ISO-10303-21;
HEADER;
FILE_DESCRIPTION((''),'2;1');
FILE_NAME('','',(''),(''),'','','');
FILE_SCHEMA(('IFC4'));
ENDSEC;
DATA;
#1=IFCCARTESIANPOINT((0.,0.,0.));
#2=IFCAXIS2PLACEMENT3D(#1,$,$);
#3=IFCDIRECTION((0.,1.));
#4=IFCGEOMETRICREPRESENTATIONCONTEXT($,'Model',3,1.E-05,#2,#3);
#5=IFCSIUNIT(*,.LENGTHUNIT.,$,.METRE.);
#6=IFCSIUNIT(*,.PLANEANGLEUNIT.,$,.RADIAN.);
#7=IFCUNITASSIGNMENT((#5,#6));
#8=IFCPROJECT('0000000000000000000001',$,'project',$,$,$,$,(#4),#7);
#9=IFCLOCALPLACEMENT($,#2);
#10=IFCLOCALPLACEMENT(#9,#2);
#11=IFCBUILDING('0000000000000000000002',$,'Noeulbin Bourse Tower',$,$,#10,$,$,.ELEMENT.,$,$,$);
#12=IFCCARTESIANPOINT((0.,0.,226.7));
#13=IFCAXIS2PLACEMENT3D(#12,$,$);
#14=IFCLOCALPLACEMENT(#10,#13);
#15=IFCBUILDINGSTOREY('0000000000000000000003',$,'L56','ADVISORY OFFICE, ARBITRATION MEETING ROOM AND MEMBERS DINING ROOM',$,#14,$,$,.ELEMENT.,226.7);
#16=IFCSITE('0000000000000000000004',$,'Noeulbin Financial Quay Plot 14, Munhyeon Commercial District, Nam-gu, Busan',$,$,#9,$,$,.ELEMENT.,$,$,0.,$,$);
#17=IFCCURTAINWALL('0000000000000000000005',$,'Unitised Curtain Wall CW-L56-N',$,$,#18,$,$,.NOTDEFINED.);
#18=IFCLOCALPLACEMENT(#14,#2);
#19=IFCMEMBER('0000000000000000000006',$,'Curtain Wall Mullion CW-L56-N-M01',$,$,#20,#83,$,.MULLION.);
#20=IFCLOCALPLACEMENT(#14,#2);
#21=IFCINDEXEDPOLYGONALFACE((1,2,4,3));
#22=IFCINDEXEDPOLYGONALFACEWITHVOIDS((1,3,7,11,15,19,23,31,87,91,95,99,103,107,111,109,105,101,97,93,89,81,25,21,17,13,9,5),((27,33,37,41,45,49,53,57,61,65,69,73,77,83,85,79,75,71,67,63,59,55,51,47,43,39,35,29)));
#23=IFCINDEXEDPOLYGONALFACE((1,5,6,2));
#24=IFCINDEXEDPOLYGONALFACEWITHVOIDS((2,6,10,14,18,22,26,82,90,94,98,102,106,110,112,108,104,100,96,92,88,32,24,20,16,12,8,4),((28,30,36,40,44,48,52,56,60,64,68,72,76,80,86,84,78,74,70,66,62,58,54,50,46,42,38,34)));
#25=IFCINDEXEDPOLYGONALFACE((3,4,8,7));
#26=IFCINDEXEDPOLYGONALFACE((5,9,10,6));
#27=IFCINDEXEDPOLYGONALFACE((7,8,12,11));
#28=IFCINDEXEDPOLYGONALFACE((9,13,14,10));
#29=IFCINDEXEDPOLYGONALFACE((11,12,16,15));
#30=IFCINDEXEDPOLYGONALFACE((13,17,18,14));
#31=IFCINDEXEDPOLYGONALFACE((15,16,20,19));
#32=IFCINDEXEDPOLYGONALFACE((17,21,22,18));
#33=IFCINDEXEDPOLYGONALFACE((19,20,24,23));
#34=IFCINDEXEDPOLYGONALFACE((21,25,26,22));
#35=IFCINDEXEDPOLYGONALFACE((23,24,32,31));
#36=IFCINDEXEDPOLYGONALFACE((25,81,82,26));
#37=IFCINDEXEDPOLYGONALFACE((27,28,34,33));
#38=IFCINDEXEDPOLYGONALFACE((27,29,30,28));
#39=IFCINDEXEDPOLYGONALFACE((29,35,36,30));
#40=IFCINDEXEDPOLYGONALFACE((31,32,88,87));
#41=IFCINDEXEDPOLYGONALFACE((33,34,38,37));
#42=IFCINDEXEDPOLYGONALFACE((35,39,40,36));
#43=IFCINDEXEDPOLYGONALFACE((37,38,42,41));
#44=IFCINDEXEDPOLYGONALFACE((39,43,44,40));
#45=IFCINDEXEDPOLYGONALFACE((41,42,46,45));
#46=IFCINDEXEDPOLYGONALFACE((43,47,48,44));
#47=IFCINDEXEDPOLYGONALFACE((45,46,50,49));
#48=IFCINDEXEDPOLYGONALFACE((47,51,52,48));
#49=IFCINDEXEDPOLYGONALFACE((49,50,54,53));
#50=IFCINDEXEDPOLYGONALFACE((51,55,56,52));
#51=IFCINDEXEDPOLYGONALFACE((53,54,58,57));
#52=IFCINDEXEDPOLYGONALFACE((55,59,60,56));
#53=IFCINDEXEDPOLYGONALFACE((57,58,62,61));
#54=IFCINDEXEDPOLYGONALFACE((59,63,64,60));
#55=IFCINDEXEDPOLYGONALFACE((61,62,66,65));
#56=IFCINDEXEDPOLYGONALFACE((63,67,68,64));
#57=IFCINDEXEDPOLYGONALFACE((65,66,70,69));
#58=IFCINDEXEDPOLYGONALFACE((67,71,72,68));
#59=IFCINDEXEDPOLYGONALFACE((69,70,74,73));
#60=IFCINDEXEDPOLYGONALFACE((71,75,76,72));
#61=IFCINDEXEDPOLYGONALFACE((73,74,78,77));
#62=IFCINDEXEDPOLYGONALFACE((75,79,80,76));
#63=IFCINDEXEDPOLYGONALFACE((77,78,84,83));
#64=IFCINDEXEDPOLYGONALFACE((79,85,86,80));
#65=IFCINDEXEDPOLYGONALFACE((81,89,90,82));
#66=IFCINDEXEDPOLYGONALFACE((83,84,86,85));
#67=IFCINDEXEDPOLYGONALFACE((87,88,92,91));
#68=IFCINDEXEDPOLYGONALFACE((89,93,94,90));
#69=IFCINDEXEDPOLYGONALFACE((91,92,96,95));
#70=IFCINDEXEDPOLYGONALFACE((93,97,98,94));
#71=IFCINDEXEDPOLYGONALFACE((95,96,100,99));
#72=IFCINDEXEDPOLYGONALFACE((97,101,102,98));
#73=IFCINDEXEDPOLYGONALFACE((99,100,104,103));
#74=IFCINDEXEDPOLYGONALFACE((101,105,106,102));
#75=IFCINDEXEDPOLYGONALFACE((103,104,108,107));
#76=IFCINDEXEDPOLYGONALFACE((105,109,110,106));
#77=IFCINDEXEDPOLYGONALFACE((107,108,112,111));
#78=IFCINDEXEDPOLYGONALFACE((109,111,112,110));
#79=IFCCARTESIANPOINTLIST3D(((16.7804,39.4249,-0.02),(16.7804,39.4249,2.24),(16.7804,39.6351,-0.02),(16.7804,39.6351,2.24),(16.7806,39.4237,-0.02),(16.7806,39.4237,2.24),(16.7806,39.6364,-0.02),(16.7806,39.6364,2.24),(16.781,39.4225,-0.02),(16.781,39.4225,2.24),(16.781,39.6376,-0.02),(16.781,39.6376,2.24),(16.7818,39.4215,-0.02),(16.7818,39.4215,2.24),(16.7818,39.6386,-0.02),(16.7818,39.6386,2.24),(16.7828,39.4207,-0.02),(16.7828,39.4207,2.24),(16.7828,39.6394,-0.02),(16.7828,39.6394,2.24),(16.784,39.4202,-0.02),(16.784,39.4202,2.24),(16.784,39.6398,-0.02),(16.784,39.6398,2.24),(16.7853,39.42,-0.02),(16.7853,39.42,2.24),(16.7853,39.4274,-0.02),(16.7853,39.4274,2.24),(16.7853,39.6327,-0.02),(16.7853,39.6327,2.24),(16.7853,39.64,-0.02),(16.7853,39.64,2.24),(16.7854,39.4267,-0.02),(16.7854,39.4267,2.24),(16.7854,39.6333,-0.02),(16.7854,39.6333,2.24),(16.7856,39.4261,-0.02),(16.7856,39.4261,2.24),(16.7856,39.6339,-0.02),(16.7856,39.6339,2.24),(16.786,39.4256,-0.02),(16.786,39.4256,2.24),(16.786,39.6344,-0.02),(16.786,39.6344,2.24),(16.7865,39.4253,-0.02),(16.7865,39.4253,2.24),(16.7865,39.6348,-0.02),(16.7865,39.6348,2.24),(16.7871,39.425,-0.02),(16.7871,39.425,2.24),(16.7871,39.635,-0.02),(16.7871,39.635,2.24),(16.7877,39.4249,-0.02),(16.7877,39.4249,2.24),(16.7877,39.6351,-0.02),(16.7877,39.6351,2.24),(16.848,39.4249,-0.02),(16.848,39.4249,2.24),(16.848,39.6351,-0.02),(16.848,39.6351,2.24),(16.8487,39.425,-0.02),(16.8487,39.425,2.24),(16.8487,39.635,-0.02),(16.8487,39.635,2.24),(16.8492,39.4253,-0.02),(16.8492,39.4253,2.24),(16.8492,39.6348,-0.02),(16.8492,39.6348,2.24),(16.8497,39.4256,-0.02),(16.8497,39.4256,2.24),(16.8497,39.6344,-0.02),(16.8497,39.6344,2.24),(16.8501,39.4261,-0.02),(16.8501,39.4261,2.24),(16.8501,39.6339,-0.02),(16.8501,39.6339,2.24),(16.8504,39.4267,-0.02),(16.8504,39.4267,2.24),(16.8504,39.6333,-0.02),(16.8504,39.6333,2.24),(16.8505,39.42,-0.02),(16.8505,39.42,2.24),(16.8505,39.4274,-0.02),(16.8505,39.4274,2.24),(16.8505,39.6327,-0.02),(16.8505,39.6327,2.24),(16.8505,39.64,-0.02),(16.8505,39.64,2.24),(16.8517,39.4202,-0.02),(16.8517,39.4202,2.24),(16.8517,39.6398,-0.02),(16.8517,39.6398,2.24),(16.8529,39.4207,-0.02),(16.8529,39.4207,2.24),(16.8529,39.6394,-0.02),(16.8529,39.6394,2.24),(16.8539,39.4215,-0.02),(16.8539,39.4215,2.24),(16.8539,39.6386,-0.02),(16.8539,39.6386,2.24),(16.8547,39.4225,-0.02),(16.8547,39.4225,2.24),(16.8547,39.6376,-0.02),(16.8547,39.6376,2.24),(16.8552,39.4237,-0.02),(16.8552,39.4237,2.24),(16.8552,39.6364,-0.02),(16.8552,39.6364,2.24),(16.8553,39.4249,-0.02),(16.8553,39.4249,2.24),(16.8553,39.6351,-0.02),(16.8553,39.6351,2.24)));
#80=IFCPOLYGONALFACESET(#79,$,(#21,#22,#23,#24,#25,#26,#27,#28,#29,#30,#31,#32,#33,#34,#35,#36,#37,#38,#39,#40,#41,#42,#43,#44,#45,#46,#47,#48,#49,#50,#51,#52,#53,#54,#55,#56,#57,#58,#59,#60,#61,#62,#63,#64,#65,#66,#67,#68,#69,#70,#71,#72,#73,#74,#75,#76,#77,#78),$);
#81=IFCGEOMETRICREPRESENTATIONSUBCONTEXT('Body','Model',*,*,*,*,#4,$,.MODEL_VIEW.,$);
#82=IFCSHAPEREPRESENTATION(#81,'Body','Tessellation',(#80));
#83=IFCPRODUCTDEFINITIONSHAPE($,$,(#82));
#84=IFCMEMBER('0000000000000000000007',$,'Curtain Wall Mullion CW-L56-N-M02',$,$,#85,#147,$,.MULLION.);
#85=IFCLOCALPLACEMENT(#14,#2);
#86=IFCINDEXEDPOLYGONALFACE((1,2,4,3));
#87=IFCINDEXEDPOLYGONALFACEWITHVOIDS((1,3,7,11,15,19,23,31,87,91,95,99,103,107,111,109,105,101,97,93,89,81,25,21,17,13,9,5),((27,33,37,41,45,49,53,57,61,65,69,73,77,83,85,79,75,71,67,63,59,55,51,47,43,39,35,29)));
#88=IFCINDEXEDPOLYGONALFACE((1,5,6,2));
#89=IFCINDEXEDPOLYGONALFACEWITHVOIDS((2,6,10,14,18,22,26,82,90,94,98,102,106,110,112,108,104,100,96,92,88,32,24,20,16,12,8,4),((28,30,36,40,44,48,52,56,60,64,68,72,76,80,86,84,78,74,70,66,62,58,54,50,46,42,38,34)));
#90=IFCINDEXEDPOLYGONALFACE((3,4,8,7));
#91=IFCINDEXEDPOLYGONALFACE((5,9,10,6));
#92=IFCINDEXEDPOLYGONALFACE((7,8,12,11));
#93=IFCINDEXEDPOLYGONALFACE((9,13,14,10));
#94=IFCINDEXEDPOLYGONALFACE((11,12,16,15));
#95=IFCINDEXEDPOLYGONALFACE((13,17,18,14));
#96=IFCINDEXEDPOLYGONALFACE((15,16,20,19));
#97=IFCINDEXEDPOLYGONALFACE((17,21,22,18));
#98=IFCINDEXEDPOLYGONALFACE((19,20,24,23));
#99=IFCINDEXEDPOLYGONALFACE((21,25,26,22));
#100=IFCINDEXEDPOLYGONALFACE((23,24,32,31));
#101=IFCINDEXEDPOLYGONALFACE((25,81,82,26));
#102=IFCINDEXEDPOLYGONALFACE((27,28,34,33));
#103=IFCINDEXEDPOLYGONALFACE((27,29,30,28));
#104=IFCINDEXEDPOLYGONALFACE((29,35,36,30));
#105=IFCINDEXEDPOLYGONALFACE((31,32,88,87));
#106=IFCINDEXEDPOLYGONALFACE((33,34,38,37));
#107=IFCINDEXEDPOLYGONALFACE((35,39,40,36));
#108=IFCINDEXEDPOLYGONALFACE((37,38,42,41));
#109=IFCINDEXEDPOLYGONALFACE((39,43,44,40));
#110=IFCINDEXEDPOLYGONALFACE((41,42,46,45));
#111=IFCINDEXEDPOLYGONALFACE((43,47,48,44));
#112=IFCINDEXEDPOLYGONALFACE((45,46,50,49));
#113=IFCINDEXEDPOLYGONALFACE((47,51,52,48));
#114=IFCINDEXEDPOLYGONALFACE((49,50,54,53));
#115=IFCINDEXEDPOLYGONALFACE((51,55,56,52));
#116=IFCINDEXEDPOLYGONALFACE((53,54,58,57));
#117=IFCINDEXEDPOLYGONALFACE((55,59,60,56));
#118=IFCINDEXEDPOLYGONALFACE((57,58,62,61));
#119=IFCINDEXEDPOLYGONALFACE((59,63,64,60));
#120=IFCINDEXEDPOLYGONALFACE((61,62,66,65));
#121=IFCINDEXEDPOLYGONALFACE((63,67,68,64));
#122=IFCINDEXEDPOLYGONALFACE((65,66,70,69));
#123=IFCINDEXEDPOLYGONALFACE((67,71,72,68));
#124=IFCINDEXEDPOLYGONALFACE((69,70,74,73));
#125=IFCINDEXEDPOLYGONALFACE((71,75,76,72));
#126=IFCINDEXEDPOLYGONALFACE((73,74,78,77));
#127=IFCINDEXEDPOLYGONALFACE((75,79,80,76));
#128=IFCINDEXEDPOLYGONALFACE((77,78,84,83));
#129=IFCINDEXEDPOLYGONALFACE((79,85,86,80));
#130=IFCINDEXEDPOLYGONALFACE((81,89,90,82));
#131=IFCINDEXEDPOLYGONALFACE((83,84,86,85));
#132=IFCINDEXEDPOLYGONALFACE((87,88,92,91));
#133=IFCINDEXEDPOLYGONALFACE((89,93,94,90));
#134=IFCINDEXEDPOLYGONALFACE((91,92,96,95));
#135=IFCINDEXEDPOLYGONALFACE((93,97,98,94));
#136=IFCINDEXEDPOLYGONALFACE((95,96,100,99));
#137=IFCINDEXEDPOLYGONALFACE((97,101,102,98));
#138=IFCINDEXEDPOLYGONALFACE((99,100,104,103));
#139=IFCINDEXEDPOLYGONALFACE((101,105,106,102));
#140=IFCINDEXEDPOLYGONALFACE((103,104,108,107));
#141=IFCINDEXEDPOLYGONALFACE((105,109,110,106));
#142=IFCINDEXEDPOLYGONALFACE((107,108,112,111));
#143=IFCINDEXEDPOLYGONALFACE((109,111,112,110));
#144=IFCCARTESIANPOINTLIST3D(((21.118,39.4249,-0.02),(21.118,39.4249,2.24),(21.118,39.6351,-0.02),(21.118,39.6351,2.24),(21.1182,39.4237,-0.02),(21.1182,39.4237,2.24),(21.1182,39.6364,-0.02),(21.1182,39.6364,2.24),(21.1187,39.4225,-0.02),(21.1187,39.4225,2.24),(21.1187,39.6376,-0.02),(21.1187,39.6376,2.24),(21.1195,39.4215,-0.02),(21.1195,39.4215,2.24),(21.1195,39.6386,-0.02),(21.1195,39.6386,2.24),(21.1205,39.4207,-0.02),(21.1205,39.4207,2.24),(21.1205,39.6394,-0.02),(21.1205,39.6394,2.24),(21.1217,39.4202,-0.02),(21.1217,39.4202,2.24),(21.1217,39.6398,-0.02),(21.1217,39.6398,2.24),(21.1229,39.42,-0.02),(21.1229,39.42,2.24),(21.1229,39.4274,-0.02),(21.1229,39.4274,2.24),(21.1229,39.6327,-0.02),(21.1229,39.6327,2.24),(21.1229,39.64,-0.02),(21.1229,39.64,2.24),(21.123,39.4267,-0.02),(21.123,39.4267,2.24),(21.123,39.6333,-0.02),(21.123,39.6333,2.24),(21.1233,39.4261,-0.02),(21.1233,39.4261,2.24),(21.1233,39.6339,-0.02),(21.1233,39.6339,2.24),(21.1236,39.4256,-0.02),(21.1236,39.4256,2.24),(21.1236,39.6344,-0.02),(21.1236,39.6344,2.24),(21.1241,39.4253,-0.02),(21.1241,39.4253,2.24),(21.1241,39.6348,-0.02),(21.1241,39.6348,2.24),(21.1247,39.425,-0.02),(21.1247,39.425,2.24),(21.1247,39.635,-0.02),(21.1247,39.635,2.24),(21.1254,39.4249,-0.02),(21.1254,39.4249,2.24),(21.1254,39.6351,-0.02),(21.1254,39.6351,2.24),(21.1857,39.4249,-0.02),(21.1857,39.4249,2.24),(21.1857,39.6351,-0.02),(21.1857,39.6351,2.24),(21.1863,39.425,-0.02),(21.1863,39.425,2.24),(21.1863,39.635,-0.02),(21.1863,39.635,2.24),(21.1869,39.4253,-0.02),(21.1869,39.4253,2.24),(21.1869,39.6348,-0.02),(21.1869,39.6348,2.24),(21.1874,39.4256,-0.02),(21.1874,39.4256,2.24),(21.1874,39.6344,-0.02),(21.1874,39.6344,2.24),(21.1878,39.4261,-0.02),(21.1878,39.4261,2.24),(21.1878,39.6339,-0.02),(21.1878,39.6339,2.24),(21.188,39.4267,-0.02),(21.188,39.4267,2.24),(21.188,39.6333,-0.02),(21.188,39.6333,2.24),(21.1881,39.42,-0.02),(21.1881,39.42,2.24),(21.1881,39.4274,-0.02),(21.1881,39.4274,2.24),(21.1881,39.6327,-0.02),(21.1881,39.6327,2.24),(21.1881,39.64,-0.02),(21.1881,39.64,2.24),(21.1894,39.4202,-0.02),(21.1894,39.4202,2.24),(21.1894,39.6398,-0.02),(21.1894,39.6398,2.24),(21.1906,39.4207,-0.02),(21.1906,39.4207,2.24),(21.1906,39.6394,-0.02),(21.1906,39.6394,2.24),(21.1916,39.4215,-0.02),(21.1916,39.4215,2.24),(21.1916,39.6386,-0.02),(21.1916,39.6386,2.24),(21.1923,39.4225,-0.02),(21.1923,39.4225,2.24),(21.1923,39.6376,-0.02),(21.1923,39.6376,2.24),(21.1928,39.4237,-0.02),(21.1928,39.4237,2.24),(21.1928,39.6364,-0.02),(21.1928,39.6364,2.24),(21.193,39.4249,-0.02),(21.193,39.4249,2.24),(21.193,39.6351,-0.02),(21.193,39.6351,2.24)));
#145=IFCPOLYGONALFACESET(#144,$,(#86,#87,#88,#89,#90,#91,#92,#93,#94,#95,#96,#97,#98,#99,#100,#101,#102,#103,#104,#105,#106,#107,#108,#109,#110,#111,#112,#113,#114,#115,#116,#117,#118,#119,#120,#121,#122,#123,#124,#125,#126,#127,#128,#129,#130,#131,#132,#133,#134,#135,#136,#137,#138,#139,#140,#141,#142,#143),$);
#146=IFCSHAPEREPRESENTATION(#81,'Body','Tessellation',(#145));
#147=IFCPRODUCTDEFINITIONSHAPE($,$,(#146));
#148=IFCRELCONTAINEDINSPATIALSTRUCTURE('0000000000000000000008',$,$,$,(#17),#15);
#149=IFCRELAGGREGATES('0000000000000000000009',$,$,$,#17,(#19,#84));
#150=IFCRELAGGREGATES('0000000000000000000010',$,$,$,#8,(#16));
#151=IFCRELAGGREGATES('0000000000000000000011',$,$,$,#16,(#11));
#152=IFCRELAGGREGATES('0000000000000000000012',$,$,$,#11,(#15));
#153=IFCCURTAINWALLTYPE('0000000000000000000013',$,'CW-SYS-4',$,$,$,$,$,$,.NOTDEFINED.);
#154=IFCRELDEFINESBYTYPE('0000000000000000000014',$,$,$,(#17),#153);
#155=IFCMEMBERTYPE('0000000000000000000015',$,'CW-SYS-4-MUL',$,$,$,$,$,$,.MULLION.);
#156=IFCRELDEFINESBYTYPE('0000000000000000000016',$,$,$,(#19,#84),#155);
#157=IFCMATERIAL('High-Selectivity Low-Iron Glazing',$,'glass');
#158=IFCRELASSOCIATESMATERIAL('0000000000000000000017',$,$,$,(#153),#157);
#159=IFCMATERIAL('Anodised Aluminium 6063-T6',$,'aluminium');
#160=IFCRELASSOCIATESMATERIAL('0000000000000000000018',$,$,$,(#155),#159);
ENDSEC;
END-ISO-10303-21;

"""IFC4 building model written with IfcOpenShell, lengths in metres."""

from ifc_helpers import new_model, si_unit, direction, frame, origin, origin_2d, place, context, subcontext, project, spatial, hollow_rectangle, extrude, material, material_profile, profile_set, type_object, element, aggregate, save


model = new_model("IFC4")

# Units and contexts
model_context = context("Model", 3, precision=1e-05, world=origin(), true_north=direction((0.0, 1.0)))
body_context = subcontext(model_context, "Body", "Model", "MODEL_VIEW")
ifc_project = project(units=[si_unit("LENGTHUNIT", "METRE"), si_unit("PLANEANGLEUNIT", "RADIAN")], contexts=[model_context])

# Site, building, storey
site_placement = place(None, origin())
site = spatial("IfcSite", under=ifc_project, at=site_placement, Name="Noeulbin Financial Quay Plot 14, Munhyeon Commercial District, Nam-gu, Busan", CompositionType="ELEMENT", RefElevation=0.0)
building_placement = place(site_placement, origin())
building = spatial("IfcBuilding", under=site, at=building_placement, Name="Noeulbin Bourse Tower", CompositionType="ELEMENT")
storey_placement = place(building_placement, frame((0.0, 0.0, 226.7)))
storey = spatial("IfcBuildingStorey", under=building, at=storey_placement, Name="L56", Description="ADVISORY OFFICE, ARBITRATION MEETING ROOM AND MEMBERS DINING ROOM", CompositionType="ELEMENT", Elevation=226.7)

# Curtain wall, members
ifc_material_1 = material(Name="High-Selectivity Low-Iron Glazing", Category="glass")
curtain_wall_type = type_object("IfcCurtainWallType", Name="CW-SYS-4", PredefinedType="NOTDEFINED", material=ifc_material_1)
curtain_wall_placement = place(storey_placement, origin())
curtain_wall = element("IfcCurtainWall", 1, at=curtain_wall_placement, inside=storey, type_object=curtain_wall_type, Name="Unitised Curtain Wall CW-L56-N", PredefinedType="NOTDEFINED")
ifc_material_2 = material(Name="Anodised Aluminium 6063-T6", Category="aluminium")
ifc_material_profile_1 = material_profile(ifc_material_2, hollow_rectangle(XDim=0.075, YDim=0.22, WallThickness=0.0049, InnerFilletRadius=0.0024, OuterFilletRadius=0.0049, at=origin_2d()), Name="ALU-MULL-75x220x5", Category="LoadBearing")
ifc_profile_set_1 = profile_set([ifc_material_profile_1], Name="Anodised Aluminium 6063-T6")
member_type = type_object("IfcMemberType", Name="CW-SYS-4-MUL", PredefinedType="MULLION", material=ifc_profile_set_1)
member_1_placement = place(storey_placement, frame((16.8179, 39.53, -0.02), z_axis=(0.0, 0.0, 1.0), x_axis=(1.0, 0.0, 0.0)))
member_1 = element("IfcMember", 2, at=member_1_placement, type_object=member_type, Name="Curtain Wall Mullion CW-L56-N-M01", PredefinedType="MULLION", context=body_context, shape_type="SweptSolid", body=[
    extrude(hollow_rectangle(XDim=0.075, YDim=0.22, WallThickness=0.0049, InnerFilletRadius=0.0024, OuterFilletRadius=0.0049, at=origin_2d()), origin(), (0.0, 0.0, 1.0), 2.26),
])
member_2_placement = place(storey_placement, frame((21.1555, 39.53, -0.02), z_axis=(0.0, 0.0, 1.0), x_axis=(1.0, 0.0, 0.0)))
member_2 = element("IfcMember", 3, at=member_2_placement, type_object=member_type, Name="Curtain Wall Mullion CW-L56-N-M02", PredefinedType="MULLION", context=body_context, shape_type="SweptSolid", body=[
    extrude(hollow_rectangle(XDim=0.075, YDim=0.22, WallThickness=0.0049, InnerFilletRadius=0.0024, OuterFilletRadius=0.0049, at=origin_2d()), origin(), (0.0, 0.0, 1.0), 2.26),
])
aggregate(curtain_wall, [member_1, member_2])

save(model, "model.ifc")
